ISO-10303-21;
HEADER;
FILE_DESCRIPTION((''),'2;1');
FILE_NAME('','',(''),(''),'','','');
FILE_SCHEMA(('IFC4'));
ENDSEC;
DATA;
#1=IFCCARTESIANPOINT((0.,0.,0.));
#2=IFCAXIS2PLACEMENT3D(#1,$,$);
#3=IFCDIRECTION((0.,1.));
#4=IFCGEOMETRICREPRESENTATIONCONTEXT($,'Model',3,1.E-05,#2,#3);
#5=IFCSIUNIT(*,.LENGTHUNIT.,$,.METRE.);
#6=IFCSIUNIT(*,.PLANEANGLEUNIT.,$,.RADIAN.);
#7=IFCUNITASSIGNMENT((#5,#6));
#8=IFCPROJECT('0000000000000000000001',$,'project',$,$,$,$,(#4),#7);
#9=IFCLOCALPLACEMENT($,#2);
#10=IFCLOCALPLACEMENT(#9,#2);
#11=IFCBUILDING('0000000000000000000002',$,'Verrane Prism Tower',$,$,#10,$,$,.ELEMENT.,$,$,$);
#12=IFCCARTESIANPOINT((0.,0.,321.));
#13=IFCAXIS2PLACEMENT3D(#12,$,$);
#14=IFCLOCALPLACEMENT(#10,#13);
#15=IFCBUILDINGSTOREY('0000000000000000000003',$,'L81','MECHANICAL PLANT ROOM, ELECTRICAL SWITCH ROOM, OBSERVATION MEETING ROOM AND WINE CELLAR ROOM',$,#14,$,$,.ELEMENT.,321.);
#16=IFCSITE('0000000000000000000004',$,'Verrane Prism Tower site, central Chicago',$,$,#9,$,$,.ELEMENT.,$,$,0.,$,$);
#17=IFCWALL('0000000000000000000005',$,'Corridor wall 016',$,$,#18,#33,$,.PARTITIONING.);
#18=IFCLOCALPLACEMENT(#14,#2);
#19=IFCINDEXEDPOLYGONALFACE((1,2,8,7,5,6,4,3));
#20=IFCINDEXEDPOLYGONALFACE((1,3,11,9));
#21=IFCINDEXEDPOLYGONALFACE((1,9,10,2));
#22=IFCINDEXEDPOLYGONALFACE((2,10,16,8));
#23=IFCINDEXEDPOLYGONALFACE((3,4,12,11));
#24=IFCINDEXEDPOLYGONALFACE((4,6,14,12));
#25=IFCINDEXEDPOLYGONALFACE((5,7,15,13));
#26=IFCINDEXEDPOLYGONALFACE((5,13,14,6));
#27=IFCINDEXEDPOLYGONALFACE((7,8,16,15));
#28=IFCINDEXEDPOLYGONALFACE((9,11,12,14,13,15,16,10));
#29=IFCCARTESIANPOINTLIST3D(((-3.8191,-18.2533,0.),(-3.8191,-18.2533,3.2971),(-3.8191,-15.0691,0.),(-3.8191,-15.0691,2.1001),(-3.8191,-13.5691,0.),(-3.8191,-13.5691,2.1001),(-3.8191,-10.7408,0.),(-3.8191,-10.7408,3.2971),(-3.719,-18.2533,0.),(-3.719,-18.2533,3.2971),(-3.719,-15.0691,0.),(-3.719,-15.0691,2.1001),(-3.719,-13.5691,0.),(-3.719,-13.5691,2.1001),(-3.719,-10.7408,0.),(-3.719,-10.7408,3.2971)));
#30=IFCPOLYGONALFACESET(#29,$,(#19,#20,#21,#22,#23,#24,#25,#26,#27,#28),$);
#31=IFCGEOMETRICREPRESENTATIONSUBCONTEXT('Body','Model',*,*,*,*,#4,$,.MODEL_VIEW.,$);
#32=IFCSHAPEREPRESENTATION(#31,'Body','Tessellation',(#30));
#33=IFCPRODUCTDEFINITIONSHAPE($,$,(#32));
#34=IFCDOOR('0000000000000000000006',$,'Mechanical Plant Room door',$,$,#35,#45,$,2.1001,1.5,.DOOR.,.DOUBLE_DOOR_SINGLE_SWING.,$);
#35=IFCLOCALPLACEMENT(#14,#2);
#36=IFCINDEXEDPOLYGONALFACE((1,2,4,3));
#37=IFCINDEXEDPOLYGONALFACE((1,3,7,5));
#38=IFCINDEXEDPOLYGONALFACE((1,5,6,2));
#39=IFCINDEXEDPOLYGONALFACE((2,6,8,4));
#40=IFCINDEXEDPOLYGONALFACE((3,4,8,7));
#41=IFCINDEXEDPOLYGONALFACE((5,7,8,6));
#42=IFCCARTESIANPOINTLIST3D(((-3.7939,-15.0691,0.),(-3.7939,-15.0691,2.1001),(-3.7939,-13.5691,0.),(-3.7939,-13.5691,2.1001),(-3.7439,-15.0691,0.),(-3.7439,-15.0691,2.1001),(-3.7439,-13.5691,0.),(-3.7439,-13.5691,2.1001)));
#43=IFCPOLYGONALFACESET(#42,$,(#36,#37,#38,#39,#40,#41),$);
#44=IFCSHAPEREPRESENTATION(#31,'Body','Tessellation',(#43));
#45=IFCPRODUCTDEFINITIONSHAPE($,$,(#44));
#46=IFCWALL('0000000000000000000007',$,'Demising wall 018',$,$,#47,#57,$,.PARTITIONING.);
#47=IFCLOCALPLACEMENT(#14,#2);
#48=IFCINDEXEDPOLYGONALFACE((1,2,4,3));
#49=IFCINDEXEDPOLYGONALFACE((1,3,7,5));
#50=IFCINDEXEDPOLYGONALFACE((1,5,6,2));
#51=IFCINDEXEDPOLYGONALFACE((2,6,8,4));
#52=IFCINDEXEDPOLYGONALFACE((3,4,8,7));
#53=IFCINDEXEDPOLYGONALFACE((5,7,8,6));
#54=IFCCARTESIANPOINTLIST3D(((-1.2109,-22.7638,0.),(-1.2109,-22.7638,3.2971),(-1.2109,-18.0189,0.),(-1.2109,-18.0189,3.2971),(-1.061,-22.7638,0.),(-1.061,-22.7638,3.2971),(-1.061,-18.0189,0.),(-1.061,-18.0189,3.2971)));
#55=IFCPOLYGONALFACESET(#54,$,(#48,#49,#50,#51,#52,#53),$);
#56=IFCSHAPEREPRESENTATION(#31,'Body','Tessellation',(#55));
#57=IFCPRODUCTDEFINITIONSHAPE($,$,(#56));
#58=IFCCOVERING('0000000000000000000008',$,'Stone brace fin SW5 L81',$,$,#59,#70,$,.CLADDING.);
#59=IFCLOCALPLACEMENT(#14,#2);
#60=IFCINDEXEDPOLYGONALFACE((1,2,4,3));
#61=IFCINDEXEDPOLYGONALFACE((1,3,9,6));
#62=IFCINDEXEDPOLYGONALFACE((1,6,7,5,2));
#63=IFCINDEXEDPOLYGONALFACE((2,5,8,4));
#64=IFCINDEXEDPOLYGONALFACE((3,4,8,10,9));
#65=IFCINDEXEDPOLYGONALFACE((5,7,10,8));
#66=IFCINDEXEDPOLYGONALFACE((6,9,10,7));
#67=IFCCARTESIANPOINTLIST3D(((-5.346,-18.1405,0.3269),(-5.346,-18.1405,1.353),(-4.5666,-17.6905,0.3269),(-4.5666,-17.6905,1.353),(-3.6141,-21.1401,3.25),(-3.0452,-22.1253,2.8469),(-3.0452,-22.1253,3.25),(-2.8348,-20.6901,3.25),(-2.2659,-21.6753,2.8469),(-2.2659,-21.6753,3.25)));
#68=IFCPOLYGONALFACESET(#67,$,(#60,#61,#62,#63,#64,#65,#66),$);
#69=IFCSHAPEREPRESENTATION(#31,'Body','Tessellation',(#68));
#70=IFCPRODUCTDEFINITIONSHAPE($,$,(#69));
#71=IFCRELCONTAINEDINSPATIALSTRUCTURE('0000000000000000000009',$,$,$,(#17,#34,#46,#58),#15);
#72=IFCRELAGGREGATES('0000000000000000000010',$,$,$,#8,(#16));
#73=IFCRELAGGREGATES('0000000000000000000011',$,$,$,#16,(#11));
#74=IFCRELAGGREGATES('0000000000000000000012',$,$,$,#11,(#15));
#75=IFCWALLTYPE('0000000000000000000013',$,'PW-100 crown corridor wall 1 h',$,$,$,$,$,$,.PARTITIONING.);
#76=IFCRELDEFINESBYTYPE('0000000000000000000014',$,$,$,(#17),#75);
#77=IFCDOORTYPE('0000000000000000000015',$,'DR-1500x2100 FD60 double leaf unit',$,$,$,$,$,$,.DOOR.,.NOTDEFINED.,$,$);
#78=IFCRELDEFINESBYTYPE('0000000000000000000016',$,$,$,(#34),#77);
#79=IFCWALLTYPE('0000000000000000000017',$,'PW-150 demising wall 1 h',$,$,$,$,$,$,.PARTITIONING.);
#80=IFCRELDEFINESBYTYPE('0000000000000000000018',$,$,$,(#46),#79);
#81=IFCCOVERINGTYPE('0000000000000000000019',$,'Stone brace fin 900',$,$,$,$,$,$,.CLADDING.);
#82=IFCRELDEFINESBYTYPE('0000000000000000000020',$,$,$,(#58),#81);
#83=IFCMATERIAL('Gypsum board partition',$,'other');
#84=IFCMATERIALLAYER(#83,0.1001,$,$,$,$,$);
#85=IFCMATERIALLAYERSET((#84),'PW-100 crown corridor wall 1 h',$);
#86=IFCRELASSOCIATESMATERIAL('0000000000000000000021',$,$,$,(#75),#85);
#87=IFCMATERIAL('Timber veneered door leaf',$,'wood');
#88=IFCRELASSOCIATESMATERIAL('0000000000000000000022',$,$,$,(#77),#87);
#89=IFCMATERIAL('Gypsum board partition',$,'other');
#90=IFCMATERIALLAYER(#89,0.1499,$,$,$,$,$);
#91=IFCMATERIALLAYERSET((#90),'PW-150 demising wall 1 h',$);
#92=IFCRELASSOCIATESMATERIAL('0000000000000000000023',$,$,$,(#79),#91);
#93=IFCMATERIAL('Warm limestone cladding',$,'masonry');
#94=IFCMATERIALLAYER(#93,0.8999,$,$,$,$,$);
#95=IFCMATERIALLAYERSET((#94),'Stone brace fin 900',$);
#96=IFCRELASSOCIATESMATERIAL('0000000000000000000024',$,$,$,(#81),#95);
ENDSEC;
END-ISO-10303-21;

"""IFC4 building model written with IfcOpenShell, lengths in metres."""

from ifc_helpers import new_model, si_unit, direction, frame, frame_2d, origin, place, context, subcontext, project, spatial, polyline, rectangle, outline, extrude, material, layer, layer_set, type_object, element, fill, save


model = new_model("IFC4")

# Units and contexts
model_context = context("Model", 3, precision=1e-05, world=origin(), true_north=direction((0.0, 1.0)))
body_context = subcontext(model_context, "Body", "Model", "MODEL_VIEW")
ifc_project = project(units=[si_unit("LENGTHUNIT", "METRE"), si_unit("PLANEANGLEUNIT", "RADIAN")], contexts=[model_context])

# Site, building, storey
site_placement = place(None, origin())
site = spatial("IfcSite", under=ifc_project, at=site_placement, Name="Verrane Prism Tower site, central Chicago", CompositionType="ELEMENT", RefElevation=0.0)
building_placement = place(site_placement, origin())
building = spatial("IfcBuilding", under=site, at=building_placement, Name="Verrane Prism Tower", CompositionType="ELEMENT")
storey_placement = place(building_placement, frame((0.0, 0.0, 321.0)))
storey = spatial("IfcBuildingStorey", under=building, at=storey_placement, Name="L81", Description="MECHANICAL PLANT ROOM, ELECTRICAL SWITCH ROOM, OBSERVATION MEETING ROOM AND WINE CELLAR ROOM", CompositionType="ELEMENT", Elevation=321.0)

# Wall, opening, door
ifc_material_1 = material(Name="Gypsum board partition", Category="other")
ifc_layer_1 = layer(ifc_material_1, 0.1001)
ifc_layer_set_1 = layer_set([ifc_layer_1], Name="PW-100 crown corridor wall 1 h")
wall_type_1 = type_object("IfcWallType", Name="PW-100 crown corridor wall 1 h", PredefinedType="PARTITIONING", material=ifc_layer_set_1)
wall_1_placement = place(storey_placement, frame((-3.769, -18.2534, 0.0), z_axis=(0.0, 0.0, 1.0), x_axis=(0.0, 1.0, 0.0)))
wall_1 = element("IfcWall", 1, at=wall_1_placement, inside=storey, type_object=wall_type_1, Name="Corridor wall 016", PredefinedType="PARTITIONING", context=body_context, shape_type="SweptSolid", body=[
    extrude(rectangle(XDim=7.5125, YDim=0.1001, at=frame_2d((3.7563, 0.0))), origin(), (0.0, 0.0, 1.0), 3.2971),
])
opening_placement = place(wall_1_placement, frame((3.1843, 0.0, 0.0)))
opening = element("IfcOpeningElement", 2, at=opening_placement, cuts=wall_1, PredefinedType="OPENING", context=body_context, shape_type="SweptSolid", body=[
    extrude(rectangle(XDim=1.5, YDim=2.1001, at=frame_2d((0.75, 1.05))), frame((0.0, 0.0601, 0.0), z_axis=(0.0, -1.0, 0.0), x_axis=(1.0, 0.0, 0.0)), (0.0, 0.0, 1.0), 0.1201),
])
ifc_material_2 = material(Name="Timber veneered door leaf", Category="wood")
door_type = type_object("IfcDoorType", Name="DR-1500x2100 FD60 double leaf unit", OperationType="NOTDEFINED", PredefinedType="DOOR", material=ifc_material_2)
door_placement = place(opening_placement, origin())
door = element("IfcDoor", 3, at=door_placement, inside=storey, type_object=door_type, Name="Mechanical Plant Room door", OperationType="DOUBLE_DOOR_SINGLE_SWING", OverallHeight=2.1001, OverallWidth=1.5, PredefinedType="DOOR", context=body_context, shape_type="SweptSolid", body=[
    extrude(rectangle(XDim=1.5, YDim=2.1001, at=frame_2d((0.75, 1.05))), frame((0.0, 0.0249, 0.0), z_axis=(0.0, -1.0, 0.0), x_axis=(1.0, 0.0, 0.0)), (0.0, 0.0, 1.0), 0.05),
])
fill(opening, door)

# Wall
ifc_material_3 = material(Name="Gypsum board partition", Category="other")
ifc_layer_2 = layer(ifc_material_3, 0.1499)
ifc_layer_set_2 = layer_set([ifc_layer_2], Name="PW-150 demising wall 1 h")
wall_type_2 = type_object("IfcWallType", Name="PW-150 demising wall 1 h", PredefinedType="PARTITIONING", material=ifc_layer_set_2)
wall_2_placement = place(storey_placement, frame((-1.136, -22.7639, 0.0), z_axis=(0.0, 0.0, 1.0), x_axis=(0.0, 1.0, 0.0)))
element("IfcWall", 4, at=wall_2_placement, inside=storey, type_object=wall_type_2, Name="Demising wall 018", PredefinedType="PARTITIONING", context=body_context, shape_type="SweptSolid", body=[
    extrude(rectangle(XDim=4.7449, YDim=0.1499, at=frame_2d((2.3726, 0.0))), origin(), (0.0, 0.0, 1.0), 3.2971),
])

# Covering
ifc_material_4 = material(Name="Warm limestone cladding", Category="masonry")
ifc_layer_3 = layer(ifc_material_4, 0.8999)
ifc_layer_set_3 = layer_set([ifc_layer_3], Name="Stone brace fin 900")
covering_type = type_object("IfcCoveringType", Name="Stone brace fin 900", PredefinedType="CLADDING", material=ifc_layer_set_3)
covering_placement = place(storey_placement, frame((-4.9563, -17.9155, 0.3269), z_axis=(0.0, 0.0, 1.0), x_axis=(0.500019, -0.866014, 0.0)))
element("IfcCovering", 5, at=covering_placement, inside=storey, type_object=covering_type, Name="Stone brace fin SW5 L81", PredefinedType="CLADDING", context=body_context, shape_type="SweptSolid", body=[
    extrude(outline(polyline([(4.6013, 2.9231), (3.4636, 2.9231), (0.0, 1.0261), (0.0, 0.0), (4.6013, 2.52), (4.6013, 2.9231)])), frame((0.0, 0.45, 0.0), z_axis=(0.0, -1.0, 0.0), x_axis=(1.0, 0.0, 0.0)), (0.0, 0.0, 1.0), 0.8999),
])

save(model, "model.ifc")
